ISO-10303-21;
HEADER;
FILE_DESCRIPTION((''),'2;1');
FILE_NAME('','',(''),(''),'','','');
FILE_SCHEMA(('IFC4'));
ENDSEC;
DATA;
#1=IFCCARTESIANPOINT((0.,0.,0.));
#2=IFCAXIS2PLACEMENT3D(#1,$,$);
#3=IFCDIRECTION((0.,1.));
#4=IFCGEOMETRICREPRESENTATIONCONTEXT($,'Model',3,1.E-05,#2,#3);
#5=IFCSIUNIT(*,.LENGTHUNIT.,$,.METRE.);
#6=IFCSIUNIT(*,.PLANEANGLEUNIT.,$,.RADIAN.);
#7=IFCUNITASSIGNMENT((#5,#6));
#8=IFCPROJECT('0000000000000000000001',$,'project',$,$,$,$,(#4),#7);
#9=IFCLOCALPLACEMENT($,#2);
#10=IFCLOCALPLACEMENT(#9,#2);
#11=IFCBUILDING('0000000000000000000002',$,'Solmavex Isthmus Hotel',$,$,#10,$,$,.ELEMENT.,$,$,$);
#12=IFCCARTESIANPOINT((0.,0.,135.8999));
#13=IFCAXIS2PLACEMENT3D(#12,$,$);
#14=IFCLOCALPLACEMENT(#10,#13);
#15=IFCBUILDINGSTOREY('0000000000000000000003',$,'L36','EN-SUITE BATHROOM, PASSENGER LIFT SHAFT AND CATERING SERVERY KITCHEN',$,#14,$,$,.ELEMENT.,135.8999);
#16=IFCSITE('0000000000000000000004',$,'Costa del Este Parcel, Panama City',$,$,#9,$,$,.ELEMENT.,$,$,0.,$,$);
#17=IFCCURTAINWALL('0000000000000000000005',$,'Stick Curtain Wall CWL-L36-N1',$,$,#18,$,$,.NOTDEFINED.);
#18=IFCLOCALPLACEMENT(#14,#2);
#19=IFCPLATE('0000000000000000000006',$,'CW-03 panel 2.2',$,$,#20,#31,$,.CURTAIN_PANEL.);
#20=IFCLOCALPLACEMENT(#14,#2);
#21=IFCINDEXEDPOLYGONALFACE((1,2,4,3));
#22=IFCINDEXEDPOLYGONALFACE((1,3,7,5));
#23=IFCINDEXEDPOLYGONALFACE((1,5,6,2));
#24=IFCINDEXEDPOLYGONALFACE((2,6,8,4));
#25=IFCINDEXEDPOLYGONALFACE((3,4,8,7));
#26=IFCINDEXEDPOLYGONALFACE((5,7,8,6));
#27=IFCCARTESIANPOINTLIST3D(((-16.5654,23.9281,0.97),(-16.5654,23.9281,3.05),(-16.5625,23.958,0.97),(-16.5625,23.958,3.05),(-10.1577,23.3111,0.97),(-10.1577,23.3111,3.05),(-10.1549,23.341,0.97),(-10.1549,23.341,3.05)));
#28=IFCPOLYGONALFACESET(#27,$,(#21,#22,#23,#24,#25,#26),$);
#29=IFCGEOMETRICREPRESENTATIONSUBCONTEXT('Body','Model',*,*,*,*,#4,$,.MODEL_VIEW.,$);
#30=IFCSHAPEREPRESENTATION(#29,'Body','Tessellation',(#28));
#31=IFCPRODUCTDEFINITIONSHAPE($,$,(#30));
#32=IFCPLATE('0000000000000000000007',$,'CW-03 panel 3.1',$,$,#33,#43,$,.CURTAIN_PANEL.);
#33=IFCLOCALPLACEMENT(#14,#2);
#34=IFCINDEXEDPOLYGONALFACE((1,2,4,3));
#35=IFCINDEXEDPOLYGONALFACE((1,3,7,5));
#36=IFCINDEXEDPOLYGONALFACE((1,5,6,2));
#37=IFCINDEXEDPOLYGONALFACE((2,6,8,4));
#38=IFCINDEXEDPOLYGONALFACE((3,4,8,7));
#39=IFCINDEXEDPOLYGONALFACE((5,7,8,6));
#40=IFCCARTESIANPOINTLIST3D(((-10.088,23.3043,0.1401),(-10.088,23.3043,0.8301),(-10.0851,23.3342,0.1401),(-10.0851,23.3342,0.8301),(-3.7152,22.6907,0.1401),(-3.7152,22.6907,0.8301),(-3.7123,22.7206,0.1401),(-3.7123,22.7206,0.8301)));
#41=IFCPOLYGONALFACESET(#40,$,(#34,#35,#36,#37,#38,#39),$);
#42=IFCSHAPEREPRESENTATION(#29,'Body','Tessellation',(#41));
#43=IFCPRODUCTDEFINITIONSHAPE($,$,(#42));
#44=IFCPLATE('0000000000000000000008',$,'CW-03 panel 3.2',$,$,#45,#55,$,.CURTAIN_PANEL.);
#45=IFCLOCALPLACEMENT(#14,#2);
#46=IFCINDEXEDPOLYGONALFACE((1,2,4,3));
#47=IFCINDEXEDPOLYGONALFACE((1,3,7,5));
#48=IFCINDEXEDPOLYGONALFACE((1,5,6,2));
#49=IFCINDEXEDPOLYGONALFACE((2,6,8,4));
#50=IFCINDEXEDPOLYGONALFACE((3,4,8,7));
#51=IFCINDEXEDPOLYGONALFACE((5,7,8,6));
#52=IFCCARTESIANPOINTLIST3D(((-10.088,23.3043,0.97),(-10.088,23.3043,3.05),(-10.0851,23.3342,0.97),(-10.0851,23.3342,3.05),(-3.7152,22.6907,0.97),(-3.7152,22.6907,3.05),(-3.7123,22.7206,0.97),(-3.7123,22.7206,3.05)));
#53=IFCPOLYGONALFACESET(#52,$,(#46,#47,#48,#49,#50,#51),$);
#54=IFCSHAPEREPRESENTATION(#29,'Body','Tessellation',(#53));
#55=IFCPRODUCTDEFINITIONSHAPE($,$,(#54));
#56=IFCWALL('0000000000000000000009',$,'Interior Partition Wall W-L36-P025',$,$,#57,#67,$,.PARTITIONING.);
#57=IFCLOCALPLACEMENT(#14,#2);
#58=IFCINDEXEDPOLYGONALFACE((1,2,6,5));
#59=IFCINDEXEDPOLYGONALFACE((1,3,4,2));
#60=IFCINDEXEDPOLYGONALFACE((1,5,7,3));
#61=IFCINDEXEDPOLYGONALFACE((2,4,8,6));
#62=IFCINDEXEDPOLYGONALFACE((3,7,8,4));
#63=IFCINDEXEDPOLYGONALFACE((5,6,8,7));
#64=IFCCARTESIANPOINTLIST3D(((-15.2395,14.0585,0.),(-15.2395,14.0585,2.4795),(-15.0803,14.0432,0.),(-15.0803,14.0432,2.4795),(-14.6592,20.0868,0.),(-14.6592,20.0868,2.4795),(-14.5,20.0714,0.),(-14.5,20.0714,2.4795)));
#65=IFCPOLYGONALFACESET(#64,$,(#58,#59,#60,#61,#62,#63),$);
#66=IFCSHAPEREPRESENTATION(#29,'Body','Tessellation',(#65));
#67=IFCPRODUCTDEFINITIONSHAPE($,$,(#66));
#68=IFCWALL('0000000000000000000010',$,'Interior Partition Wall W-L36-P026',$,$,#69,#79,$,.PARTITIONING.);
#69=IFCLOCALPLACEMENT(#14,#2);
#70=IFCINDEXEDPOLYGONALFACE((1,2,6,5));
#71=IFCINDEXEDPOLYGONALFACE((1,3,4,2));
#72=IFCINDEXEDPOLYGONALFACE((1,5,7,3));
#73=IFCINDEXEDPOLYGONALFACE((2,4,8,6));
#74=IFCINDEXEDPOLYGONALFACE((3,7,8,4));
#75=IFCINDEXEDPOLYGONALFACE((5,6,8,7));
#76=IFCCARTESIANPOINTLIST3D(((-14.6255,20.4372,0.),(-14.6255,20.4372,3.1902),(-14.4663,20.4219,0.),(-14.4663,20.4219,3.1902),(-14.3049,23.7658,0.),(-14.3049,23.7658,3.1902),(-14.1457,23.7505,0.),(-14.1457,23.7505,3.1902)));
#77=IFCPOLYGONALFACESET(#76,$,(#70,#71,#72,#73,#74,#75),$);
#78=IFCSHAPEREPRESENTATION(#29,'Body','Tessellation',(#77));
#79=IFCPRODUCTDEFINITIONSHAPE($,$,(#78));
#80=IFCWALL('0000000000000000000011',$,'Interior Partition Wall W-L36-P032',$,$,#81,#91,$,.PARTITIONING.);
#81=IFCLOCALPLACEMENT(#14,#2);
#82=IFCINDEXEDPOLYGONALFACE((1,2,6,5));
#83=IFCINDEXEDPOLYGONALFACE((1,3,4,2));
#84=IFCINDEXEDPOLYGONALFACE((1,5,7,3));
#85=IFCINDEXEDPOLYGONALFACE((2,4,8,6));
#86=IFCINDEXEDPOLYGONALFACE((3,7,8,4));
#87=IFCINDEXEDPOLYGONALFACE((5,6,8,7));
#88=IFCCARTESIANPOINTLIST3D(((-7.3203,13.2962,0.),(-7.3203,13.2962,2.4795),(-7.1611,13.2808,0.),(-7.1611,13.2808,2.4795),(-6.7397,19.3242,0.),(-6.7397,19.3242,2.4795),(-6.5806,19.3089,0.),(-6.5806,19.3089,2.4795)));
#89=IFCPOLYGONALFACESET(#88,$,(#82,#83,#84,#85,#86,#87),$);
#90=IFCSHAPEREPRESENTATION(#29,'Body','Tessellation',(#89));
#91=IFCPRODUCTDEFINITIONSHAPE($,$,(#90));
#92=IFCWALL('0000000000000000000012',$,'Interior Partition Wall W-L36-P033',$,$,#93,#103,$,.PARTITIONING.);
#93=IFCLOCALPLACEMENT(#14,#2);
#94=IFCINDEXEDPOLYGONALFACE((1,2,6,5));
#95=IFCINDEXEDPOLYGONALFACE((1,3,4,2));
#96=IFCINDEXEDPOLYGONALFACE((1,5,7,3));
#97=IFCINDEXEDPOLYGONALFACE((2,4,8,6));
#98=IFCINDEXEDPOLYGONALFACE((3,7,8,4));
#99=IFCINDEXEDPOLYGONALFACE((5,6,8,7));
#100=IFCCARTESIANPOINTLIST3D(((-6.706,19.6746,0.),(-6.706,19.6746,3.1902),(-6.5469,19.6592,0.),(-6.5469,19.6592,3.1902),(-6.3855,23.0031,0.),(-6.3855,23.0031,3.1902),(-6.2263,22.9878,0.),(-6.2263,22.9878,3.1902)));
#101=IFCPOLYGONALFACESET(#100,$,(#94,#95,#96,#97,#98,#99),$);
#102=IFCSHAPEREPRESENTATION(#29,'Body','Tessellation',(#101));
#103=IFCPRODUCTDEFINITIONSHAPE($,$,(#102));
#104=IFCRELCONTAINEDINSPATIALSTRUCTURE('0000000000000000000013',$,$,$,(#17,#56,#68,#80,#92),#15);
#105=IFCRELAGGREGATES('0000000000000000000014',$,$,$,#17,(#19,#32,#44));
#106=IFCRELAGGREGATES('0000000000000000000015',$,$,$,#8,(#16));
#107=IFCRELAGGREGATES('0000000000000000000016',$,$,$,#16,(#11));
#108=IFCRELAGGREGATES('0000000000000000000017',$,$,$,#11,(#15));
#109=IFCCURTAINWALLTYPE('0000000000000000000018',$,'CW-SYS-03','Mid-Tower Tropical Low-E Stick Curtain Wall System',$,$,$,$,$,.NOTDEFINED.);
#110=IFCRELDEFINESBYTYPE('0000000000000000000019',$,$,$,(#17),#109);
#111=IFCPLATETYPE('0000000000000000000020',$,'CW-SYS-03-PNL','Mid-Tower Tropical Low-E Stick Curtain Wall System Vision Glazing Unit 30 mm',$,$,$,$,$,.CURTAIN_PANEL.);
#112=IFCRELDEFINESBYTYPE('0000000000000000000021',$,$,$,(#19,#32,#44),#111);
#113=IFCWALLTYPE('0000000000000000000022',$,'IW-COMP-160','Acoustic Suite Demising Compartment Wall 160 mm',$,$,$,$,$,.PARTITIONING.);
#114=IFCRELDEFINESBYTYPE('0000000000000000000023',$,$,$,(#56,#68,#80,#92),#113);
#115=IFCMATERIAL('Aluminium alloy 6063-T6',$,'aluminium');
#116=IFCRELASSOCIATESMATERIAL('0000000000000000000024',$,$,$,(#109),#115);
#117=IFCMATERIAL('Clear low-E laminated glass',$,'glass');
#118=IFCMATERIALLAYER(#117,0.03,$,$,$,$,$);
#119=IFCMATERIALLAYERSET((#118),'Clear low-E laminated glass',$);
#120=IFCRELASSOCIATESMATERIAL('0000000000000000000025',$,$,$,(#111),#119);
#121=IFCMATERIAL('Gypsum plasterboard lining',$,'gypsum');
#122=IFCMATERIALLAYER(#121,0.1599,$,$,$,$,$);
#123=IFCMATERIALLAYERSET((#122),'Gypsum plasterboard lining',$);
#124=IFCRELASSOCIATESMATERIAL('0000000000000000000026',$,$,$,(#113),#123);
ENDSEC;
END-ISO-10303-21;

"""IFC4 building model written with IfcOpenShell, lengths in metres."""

from ifc_helpers import new_model, si_unit, direction, frame, frame_2d, origin, origin_2d, place, context, subcontext, project, spatial, rectangle, extrude, material, layer, layer_set, type_object, element, aggregate, save


model = new_model("IFC4")

# Units and contexts
model_context = context("Model", 3, precision=1e-05, world=origin(), true_north=direction((0.0, 1.0)))
body_context = subcontext(model_context, "Body", "Model", "MODEL_VIEW")
ifc_project = project(units=[si_unit("LENGTHUNIT", "METRE"), si_unit("PLANEANGLEUNIT", "RADIAN")], contexts=[model_context])

# Site, building, storey
site_placement = place(None, origin())
site = spatial("IfcSite", under=ifc_project, at=site_placement, Name="Costa del Este Parcel, Panama City", CompositionType="ELEMENT", RefElevation=0.0)
building_placement = place(site_placement, origin())
building = spatial("IfcBuilding", under=site, at=building_placement, Name="Solmavex Isthmus Hotel", CompositionType="ELEMENT")
storey_placement = place(building_placement, frame((0.0, 0.0, 135.8999)))
storey = spatial("IfcBuildingStorey", under=building, at=storey_placement, Name="L36", Description="EN-SUITE BATHROOM, PASSENGER LIFT SHAFT AND CATERING SERVERY KITCHEN", CompositionType="ELEMENT", Elevation=135.8999)

# Curtain wall
ifc_material_1 = material(Name="Aluminium alloy 6063-T6", Category="aluminium")
curtain_wall_type = type_object("IfcCurtainWallType", Name="CW-SYS-03", Description="Mid-Tower Tropical Low-E Stick Curtain Wall System", PredefinedType="NOTDEFINED", material=ifc_material_1)
curtain_wall_1_placement = place(storey_placement, origin())
curtain_wall_1 = element("IfcCurtainWall", 1, at=curtain_wall_1_placement, inside=storey, type_object=curtain_wall_type, Name="Stick Curtain Wall CWL-L36-N1", PredefinedType="NOTDEFINED")

# Plates
ifc_material_2 = material(Name="Clear low-E laminated glass", Category="glass")
ifc_layer_1 = layer(ifc_material_2, 0.03)
ifc_layer_set_1 = layer_set([ifc_layer_1], Name="Clear low-E laminated glass")
plate_type = type_object("IfcPlateType", Name="CW-SYS-03-PNL", Description="Mid-Tower Tropical Low-E Stick Curtain Wall System Vision Glazing Unit 30 mm", PredefinedType="CURTAIN_PANEL", material=ifc_layer_set_1)
plate_1_placement = place(storey_placement, frame((-13.3601, 23.6345, 0.97), z_axis=(0.0, 0.0, 1.0), x_axis=(0.995396, -0.095846, 0.0)))
plate_1 = element("IfcPlate", 2, at=plate_1_placement, type_object=plate_type, Name="CW-03 panel 2.2", PredefinedType="CURTAIN_PANEL", context=body_context, shape_type="SweptSolid", body=[
    extrude(rectangle(XDim=6.4373, YDim=0.03, at=origin_2d()), origin(), (0.0, 0.0, 1.0), 2.0801),
])
plate_2_placement = place(storey_placement, frame((-6.9001, 23.0125, 0.1401), z_axis=(0.0, 0.0, 1.0), x_axis=(0.995396, -0.095846, 0.0)))
plate_2 = element("IfcPlate", 3, at=plate_2_placement, type_object=plate_type, Name="CW-03 panel 3.1", PredefinedType="CURTAIN_PANEL", context=body_context, shape_type="SweptSolid", body=[
    extrude(rectangle(XDim=6.4023, YDim=0.03, at=origin_2d()), origin(), (0.0, 0.0, 1.0), 0.6899),
])
plate_3_placement = place(storey_placement, frame((-6.9001, 23.0125, 0.97), z_axis=(0.0, 0.0, 1.0), x_axis=(0.995396, -0.095846, 0.0)))
plate_3 = element("IfcPlate", 4, at=plate_3_placement, type_object=plate_type, Name="CW-03 panel 3.2", PredefinedType="CURTAIN_PANEL", context=body_context, shape_type="SweptSolid", body=[
    extrude(rectangle(XDim=6.4023, YDim=0.03, at=origin_2d()), origin(), (0.0, 0.0, 1.0), 2.0801),
])
aggregate(curtain_wall_1, [plate_1, plate_2, plate_3])

# Walls
ifc_material_3 = material(Name="Gypsum plasterboard lining", Category="gypsum")
ifc_layer_2 = layer(ifc_material_3, 0.1599)
ifc_layer_set_2 = layer_set([ifc_layer_2], Name="Gypsum plasterboard lining")
wall_type_1 = type_object("IfcWallType", Name="IW-COMP-160", Description="Acoustic Suite Demising Compartment Wall 160 mm", PredefinedType="PARTITIONING", material=ifc_layer_set_2)
wall_1_placement = place(storey_placement, frame((-14.5796, 20.0791, 0.0), z_axis=(0.0, 0.0, 1.0), x_axis=(-0.095823, -0.995398, 0.0)))
element("IfcWall", 5, at=wall_1_placement, inside=storey, type_object=wall_type_1, Name="Interior Partition Wall W-L36-P025", PredefinedType="PARTITIONING", context=body_context, shape_type="SweptSolid", body=[
    extrude(rectangle(XDim=6.0562, YDim=0.1599, at=frame_2d((3.0281, 0.0))), origin(), (0.0, 0.0, 1.0), 2.4795),
])
wall_2_placement = place(storey_placement, frame((-14.2253, 23.7581, 0.0), z_axis=(0.0, 0.0, 1.0), x_axis=(-0.09586, -0.995395, 0.0)))
element("IfcWall", 6, at=wall_2_placement, inside=storey, type_object=wall_type_1, Name="Interior Partition Wall W-L36-P026", PredefinedType="PARTITIONING", context=body_context, shape_type="SweptSolid", body=[
    extrude(rectangle(XDim=3.344, YDim=0.1599, at=frame_2d((1.6719, 0.0))), origin(), (0.0, 0.0, 1.0), 3.1902),
])
wall_3_placement = place(storey_placement, frame((-6.6602, 19.3164, 0.0), z_axis=(0.0, 0.0, 1.0), x_axis=(-0.095867, -0.995394, 0.0)))
element("IfcWall", 7, at=wall_3_placement, inside=storey, type_object=wall_type_1, Name="Interior Partition Wall W-L36-P032", PredefinedType="PARTITIONING", context=body_context, shape_type="SweptSolid", body=[
    extrude(rectangle(XDim=6.0559, YDim=0.1599, at=frame_2d((3.0278, 0.0))), origin(), (0.0, 0.0, 1.0), 2.4795),
])
wall_4_placement = place(storey_placement, frame((-6.3059, 22.9954, 0.0), z_axis=(0.0, 0.0, 1.0), x_axis=(-0.09586, -0.995395, 0.0)))
element("IfcWall", 8, at=wall_4_placement, inside=storey, type_object=wall_type_1, Name="Interior Partition Wall W-L36-P033", PredefinedType="PARTITIONING", context=body_context, shape_type="SweptSolid", body=[
    extrude(rectangle(XDim=3.344, YDim=0.1599, at=frame_2d((1.6719, 0.0))), origin(), (0.0, 0.0, 1.0), 3.1902),
])

save(model, "model.ifc")
